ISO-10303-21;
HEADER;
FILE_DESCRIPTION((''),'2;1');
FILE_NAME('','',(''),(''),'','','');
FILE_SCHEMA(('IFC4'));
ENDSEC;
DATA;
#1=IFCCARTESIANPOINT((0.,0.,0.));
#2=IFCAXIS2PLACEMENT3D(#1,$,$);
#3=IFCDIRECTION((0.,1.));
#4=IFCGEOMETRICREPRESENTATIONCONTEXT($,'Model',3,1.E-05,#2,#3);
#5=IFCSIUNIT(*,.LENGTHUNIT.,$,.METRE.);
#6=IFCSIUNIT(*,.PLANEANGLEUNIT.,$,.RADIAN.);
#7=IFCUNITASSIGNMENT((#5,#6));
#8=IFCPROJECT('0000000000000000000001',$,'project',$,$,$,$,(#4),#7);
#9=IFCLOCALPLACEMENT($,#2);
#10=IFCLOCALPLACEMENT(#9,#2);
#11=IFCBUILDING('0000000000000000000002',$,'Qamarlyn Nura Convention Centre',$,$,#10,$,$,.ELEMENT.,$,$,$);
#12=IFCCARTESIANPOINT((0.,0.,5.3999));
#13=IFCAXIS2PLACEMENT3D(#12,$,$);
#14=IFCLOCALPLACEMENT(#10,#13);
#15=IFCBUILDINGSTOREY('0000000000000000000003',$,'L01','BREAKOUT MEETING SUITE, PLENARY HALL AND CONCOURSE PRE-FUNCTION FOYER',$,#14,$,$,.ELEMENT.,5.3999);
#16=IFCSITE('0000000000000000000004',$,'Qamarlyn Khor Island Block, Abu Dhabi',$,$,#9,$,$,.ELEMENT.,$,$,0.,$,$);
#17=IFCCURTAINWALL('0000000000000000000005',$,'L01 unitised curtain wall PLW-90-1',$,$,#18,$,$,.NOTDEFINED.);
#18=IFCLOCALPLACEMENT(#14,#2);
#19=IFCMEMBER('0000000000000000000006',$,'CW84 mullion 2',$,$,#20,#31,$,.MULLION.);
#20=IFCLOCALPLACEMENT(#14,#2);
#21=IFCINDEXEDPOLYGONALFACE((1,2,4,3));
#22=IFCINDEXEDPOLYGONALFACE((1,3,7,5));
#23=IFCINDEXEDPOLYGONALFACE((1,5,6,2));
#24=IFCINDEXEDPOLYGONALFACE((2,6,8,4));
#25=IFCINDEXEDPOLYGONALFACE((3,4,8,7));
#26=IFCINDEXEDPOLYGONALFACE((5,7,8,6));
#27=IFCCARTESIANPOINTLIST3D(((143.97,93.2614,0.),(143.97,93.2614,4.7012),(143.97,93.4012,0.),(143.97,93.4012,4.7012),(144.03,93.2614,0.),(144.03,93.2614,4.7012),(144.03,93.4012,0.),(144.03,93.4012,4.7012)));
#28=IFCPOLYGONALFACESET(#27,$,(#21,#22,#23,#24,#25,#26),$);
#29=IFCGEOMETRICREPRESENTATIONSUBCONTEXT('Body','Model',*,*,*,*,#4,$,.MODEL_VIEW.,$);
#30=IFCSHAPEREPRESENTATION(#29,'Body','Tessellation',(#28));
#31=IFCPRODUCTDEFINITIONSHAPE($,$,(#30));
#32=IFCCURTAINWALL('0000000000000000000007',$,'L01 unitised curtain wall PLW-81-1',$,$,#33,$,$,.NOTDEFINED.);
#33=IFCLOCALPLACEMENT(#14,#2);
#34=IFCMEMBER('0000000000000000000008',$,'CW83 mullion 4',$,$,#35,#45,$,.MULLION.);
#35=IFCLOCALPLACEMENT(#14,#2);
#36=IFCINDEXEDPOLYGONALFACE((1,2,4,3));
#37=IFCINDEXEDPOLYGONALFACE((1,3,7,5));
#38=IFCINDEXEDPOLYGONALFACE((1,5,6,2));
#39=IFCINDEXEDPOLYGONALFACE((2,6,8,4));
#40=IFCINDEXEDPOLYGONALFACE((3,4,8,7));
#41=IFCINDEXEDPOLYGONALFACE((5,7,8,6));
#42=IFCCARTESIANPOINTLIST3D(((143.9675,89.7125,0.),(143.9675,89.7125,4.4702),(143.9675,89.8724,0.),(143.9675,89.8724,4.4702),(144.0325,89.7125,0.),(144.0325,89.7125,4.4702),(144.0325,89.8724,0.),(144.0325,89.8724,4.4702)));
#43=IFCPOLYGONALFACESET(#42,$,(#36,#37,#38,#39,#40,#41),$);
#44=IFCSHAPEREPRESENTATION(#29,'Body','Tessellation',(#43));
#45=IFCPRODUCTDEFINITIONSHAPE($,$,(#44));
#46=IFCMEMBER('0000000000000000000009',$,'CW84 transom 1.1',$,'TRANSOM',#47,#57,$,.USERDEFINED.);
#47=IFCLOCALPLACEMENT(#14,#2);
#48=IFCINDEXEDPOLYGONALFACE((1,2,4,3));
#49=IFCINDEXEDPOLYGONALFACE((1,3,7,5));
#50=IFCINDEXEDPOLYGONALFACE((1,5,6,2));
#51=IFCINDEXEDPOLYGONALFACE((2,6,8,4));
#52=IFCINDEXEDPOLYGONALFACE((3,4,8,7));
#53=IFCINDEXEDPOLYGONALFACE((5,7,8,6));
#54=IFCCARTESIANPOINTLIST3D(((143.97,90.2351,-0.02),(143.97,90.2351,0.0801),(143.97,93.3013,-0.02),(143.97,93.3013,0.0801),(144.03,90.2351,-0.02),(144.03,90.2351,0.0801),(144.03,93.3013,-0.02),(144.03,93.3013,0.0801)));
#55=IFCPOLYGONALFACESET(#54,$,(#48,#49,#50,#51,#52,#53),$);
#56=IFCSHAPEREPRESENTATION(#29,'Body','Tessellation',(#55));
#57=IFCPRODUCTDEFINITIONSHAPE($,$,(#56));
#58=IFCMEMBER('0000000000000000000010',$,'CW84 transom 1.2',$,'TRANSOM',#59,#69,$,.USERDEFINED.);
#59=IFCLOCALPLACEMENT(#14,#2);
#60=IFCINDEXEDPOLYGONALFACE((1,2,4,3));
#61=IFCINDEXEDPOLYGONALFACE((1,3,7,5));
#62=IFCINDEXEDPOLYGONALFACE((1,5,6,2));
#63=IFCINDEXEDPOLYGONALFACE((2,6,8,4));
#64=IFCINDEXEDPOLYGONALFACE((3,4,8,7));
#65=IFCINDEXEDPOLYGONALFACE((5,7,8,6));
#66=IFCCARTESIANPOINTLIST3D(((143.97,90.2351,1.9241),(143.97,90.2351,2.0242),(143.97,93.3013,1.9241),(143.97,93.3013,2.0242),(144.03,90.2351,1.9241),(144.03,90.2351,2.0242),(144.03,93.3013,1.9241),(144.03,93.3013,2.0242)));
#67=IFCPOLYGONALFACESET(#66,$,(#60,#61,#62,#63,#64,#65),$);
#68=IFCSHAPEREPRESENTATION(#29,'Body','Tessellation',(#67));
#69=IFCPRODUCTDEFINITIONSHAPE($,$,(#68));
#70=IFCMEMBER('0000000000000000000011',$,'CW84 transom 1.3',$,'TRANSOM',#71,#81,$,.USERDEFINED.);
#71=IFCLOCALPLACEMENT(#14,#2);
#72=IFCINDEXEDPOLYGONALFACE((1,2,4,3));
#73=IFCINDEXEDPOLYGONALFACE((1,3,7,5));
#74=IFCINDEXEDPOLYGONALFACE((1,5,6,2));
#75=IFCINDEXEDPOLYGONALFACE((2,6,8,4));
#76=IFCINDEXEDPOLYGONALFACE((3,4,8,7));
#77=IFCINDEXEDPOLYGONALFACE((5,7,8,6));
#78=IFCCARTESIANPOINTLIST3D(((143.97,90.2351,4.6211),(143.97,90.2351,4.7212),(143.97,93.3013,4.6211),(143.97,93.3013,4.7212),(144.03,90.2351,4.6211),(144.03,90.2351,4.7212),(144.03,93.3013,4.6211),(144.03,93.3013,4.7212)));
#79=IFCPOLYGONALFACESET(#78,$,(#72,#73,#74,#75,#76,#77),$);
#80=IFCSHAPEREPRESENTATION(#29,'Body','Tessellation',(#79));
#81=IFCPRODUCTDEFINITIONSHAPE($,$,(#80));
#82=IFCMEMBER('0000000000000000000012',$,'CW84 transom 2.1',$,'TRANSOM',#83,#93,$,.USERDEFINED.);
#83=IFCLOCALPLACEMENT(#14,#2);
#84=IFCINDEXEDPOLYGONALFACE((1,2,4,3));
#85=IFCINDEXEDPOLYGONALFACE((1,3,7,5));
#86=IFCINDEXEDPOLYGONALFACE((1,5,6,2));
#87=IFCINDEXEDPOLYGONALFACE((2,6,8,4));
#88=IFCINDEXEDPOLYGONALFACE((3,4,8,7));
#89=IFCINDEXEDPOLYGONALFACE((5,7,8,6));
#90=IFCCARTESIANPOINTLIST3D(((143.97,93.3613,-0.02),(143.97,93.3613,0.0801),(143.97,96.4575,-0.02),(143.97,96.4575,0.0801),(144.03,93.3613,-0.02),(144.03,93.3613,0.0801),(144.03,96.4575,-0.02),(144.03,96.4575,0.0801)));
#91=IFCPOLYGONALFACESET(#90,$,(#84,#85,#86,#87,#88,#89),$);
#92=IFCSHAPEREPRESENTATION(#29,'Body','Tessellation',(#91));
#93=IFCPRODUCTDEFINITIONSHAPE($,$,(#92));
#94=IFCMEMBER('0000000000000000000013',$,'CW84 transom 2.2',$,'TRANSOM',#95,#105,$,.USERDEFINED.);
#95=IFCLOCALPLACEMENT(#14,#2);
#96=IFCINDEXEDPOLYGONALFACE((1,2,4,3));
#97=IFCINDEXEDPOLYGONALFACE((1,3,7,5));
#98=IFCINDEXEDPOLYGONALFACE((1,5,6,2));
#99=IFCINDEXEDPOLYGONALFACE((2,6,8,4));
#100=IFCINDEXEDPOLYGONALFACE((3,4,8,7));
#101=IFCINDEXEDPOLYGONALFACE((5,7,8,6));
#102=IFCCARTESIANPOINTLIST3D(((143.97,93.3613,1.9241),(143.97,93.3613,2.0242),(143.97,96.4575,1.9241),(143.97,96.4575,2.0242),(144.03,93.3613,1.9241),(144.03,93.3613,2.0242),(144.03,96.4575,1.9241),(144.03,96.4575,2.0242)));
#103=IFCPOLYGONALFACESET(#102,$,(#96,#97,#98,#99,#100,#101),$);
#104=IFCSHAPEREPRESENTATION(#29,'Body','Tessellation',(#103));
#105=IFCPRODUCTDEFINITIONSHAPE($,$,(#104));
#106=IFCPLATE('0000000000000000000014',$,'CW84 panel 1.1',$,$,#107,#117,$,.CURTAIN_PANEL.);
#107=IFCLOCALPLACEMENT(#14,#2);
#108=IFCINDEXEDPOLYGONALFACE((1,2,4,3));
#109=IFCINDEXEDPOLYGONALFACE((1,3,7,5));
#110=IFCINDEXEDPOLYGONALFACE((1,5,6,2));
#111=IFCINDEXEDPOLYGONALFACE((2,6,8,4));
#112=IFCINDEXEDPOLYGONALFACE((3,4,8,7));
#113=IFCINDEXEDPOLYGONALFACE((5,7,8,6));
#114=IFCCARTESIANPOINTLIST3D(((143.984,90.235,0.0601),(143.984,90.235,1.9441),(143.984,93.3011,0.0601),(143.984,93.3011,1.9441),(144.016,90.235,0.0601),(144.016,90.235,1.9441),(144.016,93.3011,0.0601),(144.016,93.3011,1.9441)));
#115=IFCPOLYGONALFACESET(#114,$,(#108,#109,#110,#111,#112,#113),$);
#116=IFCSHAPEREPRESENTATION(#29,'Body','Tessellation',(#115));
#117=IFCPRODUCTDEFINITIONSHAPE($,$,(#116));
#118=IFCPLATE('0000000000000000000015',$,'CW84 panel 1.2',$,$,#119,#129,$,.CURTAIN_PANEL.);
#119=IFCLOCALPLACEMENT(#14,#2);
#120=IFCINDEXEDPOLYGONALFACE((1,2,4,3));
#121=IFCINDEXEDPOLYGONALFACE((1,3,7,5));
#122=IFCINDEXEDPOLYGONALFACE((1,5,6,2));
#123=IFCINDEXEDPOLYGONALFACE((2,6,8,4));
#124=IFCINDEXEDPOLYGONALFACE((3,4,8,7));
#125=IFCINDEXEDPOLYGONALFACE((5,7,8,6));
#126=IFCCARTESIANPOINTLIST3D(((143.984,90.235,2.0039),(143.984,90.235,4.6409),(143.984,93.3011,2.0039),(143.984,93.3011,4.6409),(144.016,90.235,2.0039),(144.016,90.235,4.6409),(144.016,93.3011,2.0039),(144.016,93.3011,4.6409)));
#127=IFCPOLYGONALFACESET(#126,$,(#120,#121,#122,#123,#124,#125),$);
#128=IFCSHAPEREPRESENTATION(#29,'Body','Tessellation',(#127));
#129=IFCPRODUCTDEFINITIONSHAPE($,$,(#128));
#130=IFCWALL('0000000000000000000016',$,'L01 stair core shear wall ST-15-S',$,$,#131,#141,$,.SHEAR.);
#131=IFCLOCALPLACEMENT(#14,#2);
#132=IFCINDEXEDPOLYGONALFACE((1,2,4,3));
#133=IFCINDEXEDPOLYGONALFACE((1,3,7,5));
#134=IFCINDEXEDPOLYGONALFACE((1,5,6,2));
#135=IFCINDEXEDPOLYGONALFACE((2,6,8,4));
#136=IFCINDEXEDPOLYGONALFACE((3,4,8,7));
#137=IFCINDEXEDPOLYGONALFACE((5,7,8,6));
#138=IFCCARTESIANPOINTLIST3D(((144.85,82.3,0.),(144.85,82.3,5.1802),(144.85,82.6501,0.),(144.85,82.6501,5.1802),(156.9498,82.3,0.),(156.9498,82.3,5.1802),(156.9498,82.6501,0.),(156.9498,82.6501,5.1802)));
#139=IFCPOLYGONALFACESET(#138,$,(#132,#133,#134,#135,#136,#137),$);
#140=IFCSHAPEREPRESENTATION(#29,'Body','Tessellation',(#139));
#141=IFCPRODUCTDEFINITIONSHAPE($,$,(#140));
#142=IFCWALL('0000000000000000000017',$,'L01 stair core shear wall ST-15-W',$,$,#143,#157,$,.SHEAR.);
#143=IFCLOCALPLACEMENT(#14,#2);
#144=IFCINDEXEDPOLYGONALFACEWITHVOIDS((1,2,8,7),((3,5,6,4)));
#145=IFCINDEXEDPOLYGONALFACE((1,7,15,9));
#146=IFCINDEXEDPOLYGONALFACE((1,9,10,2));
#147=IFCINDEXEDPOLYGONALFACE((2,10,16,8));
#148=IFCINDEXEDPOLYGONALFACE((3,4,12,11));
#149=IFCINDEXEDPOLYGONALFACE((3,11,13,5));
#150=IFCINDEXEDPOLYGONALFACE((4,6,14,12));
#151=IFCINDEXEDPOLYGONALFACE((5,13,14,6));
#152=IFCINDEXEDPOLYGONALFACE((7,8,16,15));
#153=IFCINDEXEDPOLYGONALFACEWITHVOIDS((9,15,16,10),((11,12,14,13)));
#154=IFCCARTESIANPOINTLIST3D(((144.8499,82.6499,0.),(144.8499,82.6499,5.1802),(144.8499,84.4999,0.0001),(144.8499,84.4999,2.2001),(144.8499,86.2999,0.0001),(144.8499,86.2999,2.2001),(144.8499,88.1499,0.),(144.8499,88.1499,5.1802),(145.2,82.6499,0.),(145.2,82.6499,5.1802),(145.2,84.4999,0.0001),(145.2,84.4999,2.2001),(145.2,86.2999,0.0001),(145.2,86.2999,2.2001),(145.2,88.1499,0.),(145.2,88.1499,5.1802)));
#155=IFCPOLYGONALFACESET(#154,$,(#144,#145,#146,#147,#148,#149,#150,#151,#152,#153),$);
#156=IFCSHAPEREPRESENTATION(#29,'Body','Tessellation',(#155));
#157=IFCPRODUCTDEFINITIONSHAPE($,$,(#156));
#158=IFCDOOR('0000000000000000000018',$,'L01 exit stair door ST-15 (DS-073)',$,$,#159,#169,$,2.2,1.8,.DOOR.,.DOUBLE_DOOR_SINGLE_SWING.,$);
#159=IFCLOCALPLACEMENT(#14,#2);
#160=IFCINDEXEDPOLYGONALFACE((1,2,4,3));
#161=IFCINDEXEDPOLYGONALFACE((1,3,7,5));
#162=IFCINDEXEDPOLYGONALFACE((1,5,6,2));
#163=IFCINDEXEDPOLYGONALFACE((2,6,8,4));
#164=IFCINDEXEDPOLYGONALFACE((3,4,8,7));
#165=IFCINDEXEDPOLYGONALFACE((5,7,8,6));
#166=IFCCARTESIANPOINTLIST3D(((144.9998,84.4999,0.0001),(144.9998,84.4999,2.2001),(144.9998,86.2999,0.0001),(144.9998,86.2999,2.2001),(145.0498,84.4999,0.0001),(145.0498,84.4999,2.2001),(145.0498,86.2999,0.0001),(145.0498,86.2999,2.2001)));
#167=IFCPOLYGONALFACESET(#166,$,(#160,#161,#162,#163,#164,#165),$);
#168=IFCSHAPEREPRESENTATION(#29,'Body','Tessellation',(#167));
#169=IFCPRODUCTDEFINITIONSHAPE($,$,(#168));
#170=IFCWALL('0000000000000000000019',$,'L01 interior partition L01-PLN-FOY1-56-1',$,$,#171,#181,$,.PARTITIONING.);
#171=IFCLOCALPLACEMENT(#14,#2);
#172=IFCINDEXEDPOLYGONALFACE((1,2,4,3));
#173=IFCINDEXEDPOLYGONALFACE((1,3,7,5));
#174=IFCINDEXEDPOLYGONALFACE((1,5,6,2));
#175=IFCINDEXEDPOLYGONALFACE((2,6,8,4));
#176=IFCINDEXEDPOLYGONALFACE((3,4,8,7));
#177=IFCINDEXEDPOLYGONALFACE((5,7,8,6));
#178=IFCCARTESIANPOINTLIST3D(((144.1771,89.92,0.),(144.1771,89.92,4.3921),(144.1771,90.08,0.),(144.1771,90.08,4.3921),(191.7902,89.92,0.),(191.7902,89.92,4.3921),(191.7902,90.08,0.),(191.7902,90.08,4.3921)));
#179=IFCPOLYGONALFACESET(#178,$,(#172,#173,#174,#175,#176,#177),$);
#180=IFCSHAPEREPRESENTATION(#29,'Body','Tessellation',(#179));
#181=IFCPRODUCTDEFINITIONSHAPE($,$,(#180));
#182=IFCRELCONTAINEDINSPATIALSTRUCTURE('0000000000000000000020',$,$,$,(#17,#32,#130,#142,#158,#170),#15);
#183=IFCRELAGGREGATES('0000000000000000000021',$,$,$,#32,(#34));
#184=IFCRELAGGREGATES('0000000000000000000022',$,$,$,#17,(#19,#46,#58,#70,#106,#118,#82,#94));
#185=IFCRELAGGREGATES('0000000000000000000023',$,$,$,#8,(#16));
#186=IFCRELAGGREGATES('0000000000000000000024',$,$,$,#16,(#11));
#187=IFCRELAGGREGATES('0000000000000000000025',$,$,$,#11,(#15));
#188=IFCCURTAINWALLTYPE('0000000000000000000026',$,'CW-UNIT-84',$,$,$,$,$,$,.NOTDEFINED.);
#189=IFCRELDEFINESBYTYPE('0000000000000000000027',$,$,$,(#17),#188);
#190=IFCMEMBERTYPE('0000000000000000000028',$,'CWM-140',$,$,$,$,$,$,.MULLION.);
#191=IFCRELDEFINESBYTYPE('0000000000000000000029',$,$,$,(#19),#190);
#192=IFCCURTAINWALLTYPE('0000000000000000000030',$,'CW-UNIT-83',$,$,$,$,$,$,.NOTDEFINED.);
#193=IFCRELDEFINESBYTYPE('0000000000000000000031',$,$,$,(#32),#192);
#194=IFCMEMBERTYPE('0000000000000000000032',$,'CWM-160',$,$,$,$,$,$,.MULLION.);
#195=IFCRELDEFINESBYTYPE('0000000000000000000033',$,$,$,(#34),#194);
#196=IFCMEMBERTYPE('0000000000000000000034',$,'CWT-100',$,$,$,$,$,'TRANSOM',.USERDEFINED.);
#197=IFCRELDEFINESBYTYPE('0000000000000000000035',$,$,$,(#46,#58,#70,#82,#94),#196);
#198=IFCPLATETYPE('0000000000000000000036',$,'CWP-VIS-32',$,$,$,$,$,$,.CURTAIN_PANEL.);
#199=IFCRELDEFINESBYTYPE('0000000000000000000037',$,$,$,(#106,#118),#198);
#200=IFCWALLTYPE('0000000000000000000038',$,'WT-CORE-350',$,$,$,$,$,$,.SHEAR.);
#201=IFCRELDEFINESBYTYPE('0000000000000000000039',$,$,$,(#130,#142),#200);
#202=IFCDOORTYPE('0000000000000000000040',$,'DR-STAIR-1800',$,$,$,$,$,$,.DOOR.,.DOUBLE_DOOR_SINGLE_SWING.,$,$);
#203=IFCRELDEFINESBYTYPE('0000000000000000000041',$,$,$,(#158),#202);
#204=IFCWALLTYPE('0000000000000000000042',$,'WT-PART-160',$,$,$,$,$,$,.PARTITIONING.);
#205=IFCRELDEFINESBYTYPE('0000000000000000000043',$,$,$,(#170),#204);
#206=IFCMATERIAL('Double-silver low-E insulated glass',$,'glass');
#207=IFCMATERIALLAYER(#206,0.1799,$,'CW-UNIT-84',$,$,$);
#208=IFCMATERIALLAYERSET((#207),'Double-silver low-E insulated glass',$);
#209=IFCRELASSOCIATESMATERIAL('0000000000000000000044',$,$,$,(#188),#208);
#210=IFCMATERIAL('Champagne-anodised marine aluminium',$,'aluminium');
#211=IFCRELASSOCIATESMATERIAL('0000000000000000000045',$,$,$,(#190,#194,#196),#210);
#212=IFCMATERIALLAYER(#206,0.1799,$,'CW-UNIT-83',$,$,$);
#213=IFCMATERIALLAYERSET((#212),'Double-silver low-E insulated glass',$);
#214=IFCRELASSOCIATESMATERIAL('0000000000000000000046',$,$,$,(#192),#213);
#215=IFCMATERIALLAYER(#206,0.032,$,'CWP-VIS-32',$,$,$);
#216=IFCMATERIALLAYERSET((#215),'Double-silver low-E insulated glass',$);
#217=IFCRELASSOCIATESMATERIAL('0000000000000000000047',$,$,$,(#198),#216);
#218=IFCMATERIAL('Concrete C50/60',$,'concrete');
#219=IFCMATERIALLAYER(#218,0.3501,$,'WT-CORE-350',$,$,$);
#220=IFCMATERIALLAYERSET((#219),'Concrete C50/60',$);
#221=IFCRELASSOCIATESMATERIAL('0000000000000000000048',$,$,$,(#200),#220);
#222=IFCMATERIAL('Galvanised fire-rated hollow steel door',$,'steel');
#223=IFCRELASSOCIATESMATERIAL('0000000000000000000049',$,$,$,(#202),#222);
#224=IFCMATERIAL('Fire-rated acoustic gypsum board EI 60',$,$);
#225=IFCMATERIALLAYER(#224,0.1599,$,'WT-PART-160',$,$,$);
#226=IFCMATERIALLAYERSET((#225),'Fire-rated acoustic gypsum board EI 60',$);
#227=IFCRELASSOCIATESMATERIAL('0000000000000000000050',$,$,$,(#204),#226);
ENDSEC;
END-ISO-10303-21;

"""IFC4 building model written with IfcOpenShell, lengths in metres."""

from ifc_helpers import new_model, si_unit, direction, frame, frame_2d, origin, origin_2d, place, context, subcontext, project, spatial, rectangle, extrude, material, layer, layer_set, material_profile, profile_set, type_object, element, fill, aggregate, save


model = new_model("IFC4")

# Units and contexts
model_context = context("Model", 3, precision=1e-05, world=origin(), true_north=direction((0.0, 1.0)))
body_context = subcontext(model_context, "Body", "Model", "MODEL_VIEW")
ifc_project = project(units=[si_unit("LENGTHUNIT", "METRE"), si_unit("PLANEANGLEUNIT", "RADIAN")], contexts=[model_context])

# Site, building, storey
site_placement = place(None, origin())
site = spatial("IfcSite", under=ifc_project, at=site_placement, Name="Qamarlyn Khor Island Block, Abu Dhabi", CompositionType="ELEMENT", RefElevation=0.0)
building_placement = place(site_placement, origin())
building = spatial("IfcBuilding", under=site, at=building_placement, Name="Qamarlyn Nura Convention Centre", CompositionType="ELEMENT")
storey_placement = place(building_placement, frame((0.0, 0.0, 5.3999)))
storey = spatial("IfcBuildingStorey", under=building, at=storey_placement, Name="L01", Description="BREAKOUT MEETING SUITE, PLENARY HALL AND CONCOURSE PRE-FUNCTION FOYER", CompositionType="ELEMENT", Elevation=5.3999)

# Curtain wall, member
ifc_material_1 = material(Name="Double-silver low-E insulated glass", Category="glass")
ifc_layer_1 = layer(ifc_material_1, 0.1799, Name="CW-UNIT-84")
ifc_layer_set_1 = layer_set([ifc_layer_1], Name="Double-silver low-E insulated glass")
curtain_wall_type_1 = type_object("IfcCurtainWallType", Name="CW-UNIT-84", PredefinedType="NOTDEFINED", material=ifc_layer_set_1)
curtain_wall_1_placement = place(storey_placement, origin())
curtain_wall_1 = element("IfcCurtainWall", 1, at=curtain_wall_1_placement, inside=storey, type_object=curtain_wall_type_1, Name="L01 unitised curtain wall PLW-90-1", PredefinedType="NOTDEFINED")
ifc_material_2 = material(Name="Champagne-anodised marine aluminium", Category="aluminium")
ifc_material_profile_1 = material_profile(ifc_material_2, rectangle(XDim=0.0601, YDim=0.1399, at=origin_2d()), Name="ALU MULLION 60x140")
ifc_profile_set_1 = profile_set([ifc_material_profile_1], Name="Champagne-anodised marine aluminium")
member_type_1 = type_object("IfcMemberType", Name="CWM-140", PredefinedType="MULLION", material=ifc_profile_set_1)
member_1_placement = place(storey_placement, frame((144.0, 93.3313, 0.0), z_axis=(0.0, 0.0, 1.0), x_axis=(-1.0, 0.0, 0.0)))
member_1 = element("IfcMember", 2, at=member_1_placement, type_object=member_type_1, Name="CW84 mullion 2", PredefinedType="MULLION", context=body_context, shape_type="SweptSolid", body=[
    extrude(rectangle(XDim=0.0601, YDim=0.1399, at=origin_2d()), origin(), (0.0, 0.0, 1.0), 4.7012),
])

# Curtain wall, member
ifc_layer_2 = layer(ifc_material_1, 0.1799, Name="CW-UNIT-83")
ifc_layer_set_2 = layer_set([ifc_layer_2], Name="Double-silver low-E insulated glass")
curtain_wall_type_2 = type_object("IfcCurtainWallType", Name="CW-UNIT-83", PredefinedType="NOTDEFINED", material=ifc_layer_set_2)
curtain_wall_2_placement = place(storey_placement, origin())
curtain_wall_2 = element("IfcCurtainWall", 3, at=curtain_wall_2_placement, inside=storey, type_object=curtain_wall_type_2, Name="L01 unitised curtain wall PLW-81-1", PredefinedType="NOTDEFINED")
ifc_material_profile_2 = material_profile(ifc_material_2, rectangle(XDim=0.0649, YDim=0.1599, at=origin_2d()), Name="ALU MULLION 65x160")
ifc_profile_set_2 = profile_set([ifc_material_profile_2], Name="Champagne-anodised marine aluminium")
member_type_2 = type_object("IfcMemberType", Name="CWM-160", PredefinedType="MULLION", material=ifc_profile_set_2)
member_2_placement = place(storey_placement, frame((144.0, 89.7925, 0.0), z_axis=(0.0, 0.0, 1.0), x_axis=(-1.0, 0.0, 0.0)))
member_2 = element("IfcMember", 4, at=member_2_placement, type_object=member_type_2, Name="CW83 mullion 4", PredefinedType="MULLION", context=body_context, shape_type="SweptSolid", body=[
    extrude(rectangle(XDim=0.0649, YDim=0.1599, at=origin_2d()), origin(), (0.0, 0.0, 1.0), 4.4702),
])
aggregate(curtain_wall_2, [member_2])

# Members
ifc_material_profile_3 = material_profile(ifc_material_2, rectangle(XDim=0.0601, YDim=0.1001, at=origin_2d()), Name="ALU TRANSOM 60x100")
ifc_profile_set_3 = profile_set([ifc_material_profile_3], Name="Champagne-anodised marine aluminium")
member_type_3 = type_object("IfcMemberType", Name="CWT-100", ElementType="TRANSOM", PredefinedType="USERDEFINED", material=ifc_profile_set_3)
member_3_placement = place(storey_placement, frame((144.0, 90.2351, 0.03), z_axis=(0.0, 1.0, 0.0), x_axis=(-1.0, 0.0, 0.0)))
member_3 = element("IfcMember", 5, at=member_3_placement, type_object=member_type_3, Name="CW84 transom 1.1", ObjectType="TRANSOM", PredefinedType="USERDEFINED", context=body_context, shape_type="SweptSolid", body=[
    extrude(rectangle(XDim=0.0601, YDim=0.1001, at=origin_2d()), origin(), (0.0, 0.0, 1.0), 3.0662),
])
member_4_placement = place(storey_placement, frame((144.0, 90.2351, 1.9741), z_axis=(0.0, 1.0, 0.0), x_axis=(-1.0, 0.0, 0.0)))
member_4 = element("IfcMember", 6, at=member_4_placement, type_object=member_type_3, Name="CW84 transom 1.2", ObjectType="TRANSOM", PredefinedType="USERDEFINED", context=body_context, shape_type="SweptSolid", body=[
    extrude(rectangle(XDim=0.0601, YDim=0.1001, at=origin_2d()), origin(), (0.0, 0.0, 1.0), 3.0662),
])
member_5_placement = place(storey_placement, frame((144.0, 90.2351, 4.6711), z_axis=(0.0, 1.0, 0.0), x_axis=(-1.0, 0.0, 0.0)))
member_5 = element("IfcMember", 7, at=member_5_placement, type_object=member_type_3, Name="CW84 transom 1.3", ObjectType="TRANSOM", PredefinedType="USERDEFINED", context=body_context, shape_type="SweptSolid", body=[
    extrude(rectangle(XDim=0.0601, YDim=0.1001, at=origin_2d()), origin(), (0.0, 0.0, 1.0), 3.0662),
])
member_6_placement = place(storey_placement, frame((144.0, 93.3613, 0.03), z_axis=(0.0, 1.0, 0.0), x_axis=(-1.0, 0.0, 0.0)))
member_6 = element("IfcMember", 8, at=member_6_placement, type_object=member_type_3, Name="CW84 transom 2.1", ObjectType="TRANSOM", PredefinedType="USERDEFINED", context=body_context, shape_type="SweptSolid", body=[
    extrude(rectangle(XDim=0.0601, YDim=0.1001, at=origin_2d()), origin(), (0.0, 0.0, 1.0), 3.0962),
])
member_7_placement = place(storey_placement, frame((144.0, 93.3613, 1.9741), z_axis=(0.0, 1.0, 0.0), x_axis=(-1.0, 0.0, 0.0)))
member_7 = element("IfcMember", 9, at=member_7_placement, type_object=member_type_3, Name="CW84 transom 2.2", ObjectType="TRANSOM", PredefinedType="USERDEFINED", context=body_context, shape_type="SweptSolid", body=[
    extrude(rectangle(XDim=0.0601, YDim=0.1001, at=origin_2d()), origin(), (0.0, 0.0, 1.0), 3.0962),
])

# Plates
ifc_layer_3 = layer(ifc_material_1, 0.032, Name="CWP-VIS-32")
ifc_layer_set_3 = layer_set([ifc_layer_3], Name="Double-silver low-E insulated glass")
plate_type = type_object("IfcPlateType", Name="CWP-VIS-32", PredefinedType="CURTAIN_PANEL", material=ifc_layer_set_3)
plate_1_placement = place(storey_placement, frame((144.0, 91.7681, 0.0601), z_axis=(0.0, 0.0, 1.0), x_axis=(0.0, 1.0, 0.0)))
plate_1 = element("IfcPlate", 10, at=plate_1_placement, type_object=plate_type, Name="CW84 panel 1.1", PredefinedType="CURTAIN_PANEL", context=body_context, shape_type="SweptSolid", body=[
    extrude(rectangle(XDim=3.0662, YDim=0.032, at=origin_2d()), origin(), (0.0, 0.0, 1.0), 1.884),
])
plate_2_placement = place(storey_placement, frame((144.0, 91.7681, 2.0039), z_axis=(0.0, 0.0, 1.0), x_axis=(0.0, 1.0, 0.0)))
plate_2 = element("IfcPlate", 11, at=plate_2_placement, type_object=plate_type, Name="CW84 panel 1.2", PredefinedType="CURTAIN_PANEL", context=body_context, shape_type="SweptSolid", body=[
    extrude(rectangle(XDim=3.0662, YDim=0.032, at=origin_2d()), origin(), (0.0, 0.0, 1.0), 2.637),
])
aggregate(curtain_wall_1, [member_1, member_3, member_4, member_5, plate_1, plate_2, member_6, member_7])

# Wall
ifc_material_3 = material(Name="Concrete C50/60", Category="concrete")
ifc_layer_4 = layer(ifc_material_3, 0.3501, Name="WT-CORE-350")
ifc_layer_set_4 = layer_set([ifc_layer_4], Name="Concrete C50/60")
wall_type_1 = type_object("IfcWallType", Name="WT-CORE-350", PredefinedType="SHEAR", material=ifc_layer_set_4)
wall_1_placement = place(storey_placement, frame((144.8501, 82.4751, 0.0), z_axis=(0.0, 0.0, 1.0), x_axis=(1.0, 0.0, 0.0)))
element("IfcWall", 12, at=wall_1_placement, inside=storey, type_object=wall_type_1, Name="L01 stair core shear wall ST-15-S", PredefinedType="SHEAR", context=body_context, shape_type="SweptSolid", body=[
    extrude(rectangle(XDim=12.0999, YDim=0.3501, at=frame_2d((6.0498, 0.0))), origin(), (0.0, 0.0, 1.0), 5.1802),
])

# Wall, opening, door
wall_2_placement = place(storey_placement, frame((145.0249, 88.1499, 0.0), z_axis=(0.0, 0.0, 1.0), x_axis=(0.0, -1.0, 0.0)))
wall_2 = element("IfcWall", 13, at=wall_2_placement, inside=storey, type_object=wall_type_1, Name="L01 stair core shear wall ST-15-W", PredefinedType="SHEAR", context=body_context, shape_type="SweptSolid", body=[
    extrude(rectangle(XDim=5.5, YDim=0.3501, at=frame_2d((2.75, 0.0))), origin(), (0.0, 0.0, 1.0), 5.1802),
])
opening_placement = place(wall_2_placement, frame((1.8501, 0.0, 0.0)))
opening = element("IfcOpeningElement", 14, at=opening_placement, cuts=wall_2, PredefinedType="OPENING", context=body_context, shape_type="SweptSolid", body=[
    extrude(rectangle(XDim=1.8, YDim=2.2, at=frame_2d((0.8999, 1.1001))), frame((0.0, 0.1851, 0.0), z_axis=(0.0, -1.0, 0.0), x_axis=(1.0, 0.0, 0.0)), (0.0, 0.0, 1.0), 0.3701),
])
ifc_material_4 = material(Name="Galvanised fire-rated hollow steel door", Category="steel")
door_type = type_object("IfcDoorType", Name="DR-STAIR-1800", OperationType="DOUBLE_DOOR_SINGLE_SWING", PredefinedType="DOOR", material=ifc_material_4)
door_placement = place(opening_placement, origin())
door = element("IfcDoor", 15, at=door_placement, inside=storey, type_object=door_type, Name="L01 exit stair door ST-15 (DS-073)", OperationType="DOUBLE_DOOR_SINGLE_SWING", OverallHeight=2.2, OverallWidth=1.8, PredefinedType="DOOR", context=body_context, shape_type="SweptSolid", body=[
    extrude(rectangle(XDim=1.8, YDim=2.2, at=frame_2d((0.8999, 1.1001))), frame((0.0, 0.0249, 0.0), z_axis=(0.0, -1.0, 0.0), x_axis=(1.0, 0.0, 0.0)), (0.0, 0.0, 1.0), 0.05),
])
fill(opening, door)

# Wall
ifc_material_5 = material(Name="Fire-rated acoustic gypsum board EI 60")
ifc_layer_5 = layer(ifc_material_5, 0.1599, Name="WT-PART-160")
ifc_layer_set_5 = layer_set([ifc_layer_5], Name="Fire-rated acoustic gypsum board EI 60")
wall_type_2 = type_object("IfcWallType", Name="WT-PART-160", PredefinedType="PARTITIONING", material=ifc_layer_set_5)
wall_3_placement = place(storey_placement, frame((144.177, 90.0, 0.0), z_axis=(0.0, 0.0, 1.0), x_axis=(1.0, 0.0, 0.0)))
element("IfcWall", 16, at=wall_3_placement, inside=storey, type_object=wall_type_2, Name="L01 interior partition L01-PLN-FOY1-56-1", PredefinedType="PARTITIONING", context=body_context, shape_type="SweptSolid", body=[
    extrude(rectangle(XDim=47.613, YDim=0.1599, at=frame_2d((23.8066, 0.0))), origin(), (0.0, 0.0, 1.0), 4.3921),
])

save(model, "model.ifc")
